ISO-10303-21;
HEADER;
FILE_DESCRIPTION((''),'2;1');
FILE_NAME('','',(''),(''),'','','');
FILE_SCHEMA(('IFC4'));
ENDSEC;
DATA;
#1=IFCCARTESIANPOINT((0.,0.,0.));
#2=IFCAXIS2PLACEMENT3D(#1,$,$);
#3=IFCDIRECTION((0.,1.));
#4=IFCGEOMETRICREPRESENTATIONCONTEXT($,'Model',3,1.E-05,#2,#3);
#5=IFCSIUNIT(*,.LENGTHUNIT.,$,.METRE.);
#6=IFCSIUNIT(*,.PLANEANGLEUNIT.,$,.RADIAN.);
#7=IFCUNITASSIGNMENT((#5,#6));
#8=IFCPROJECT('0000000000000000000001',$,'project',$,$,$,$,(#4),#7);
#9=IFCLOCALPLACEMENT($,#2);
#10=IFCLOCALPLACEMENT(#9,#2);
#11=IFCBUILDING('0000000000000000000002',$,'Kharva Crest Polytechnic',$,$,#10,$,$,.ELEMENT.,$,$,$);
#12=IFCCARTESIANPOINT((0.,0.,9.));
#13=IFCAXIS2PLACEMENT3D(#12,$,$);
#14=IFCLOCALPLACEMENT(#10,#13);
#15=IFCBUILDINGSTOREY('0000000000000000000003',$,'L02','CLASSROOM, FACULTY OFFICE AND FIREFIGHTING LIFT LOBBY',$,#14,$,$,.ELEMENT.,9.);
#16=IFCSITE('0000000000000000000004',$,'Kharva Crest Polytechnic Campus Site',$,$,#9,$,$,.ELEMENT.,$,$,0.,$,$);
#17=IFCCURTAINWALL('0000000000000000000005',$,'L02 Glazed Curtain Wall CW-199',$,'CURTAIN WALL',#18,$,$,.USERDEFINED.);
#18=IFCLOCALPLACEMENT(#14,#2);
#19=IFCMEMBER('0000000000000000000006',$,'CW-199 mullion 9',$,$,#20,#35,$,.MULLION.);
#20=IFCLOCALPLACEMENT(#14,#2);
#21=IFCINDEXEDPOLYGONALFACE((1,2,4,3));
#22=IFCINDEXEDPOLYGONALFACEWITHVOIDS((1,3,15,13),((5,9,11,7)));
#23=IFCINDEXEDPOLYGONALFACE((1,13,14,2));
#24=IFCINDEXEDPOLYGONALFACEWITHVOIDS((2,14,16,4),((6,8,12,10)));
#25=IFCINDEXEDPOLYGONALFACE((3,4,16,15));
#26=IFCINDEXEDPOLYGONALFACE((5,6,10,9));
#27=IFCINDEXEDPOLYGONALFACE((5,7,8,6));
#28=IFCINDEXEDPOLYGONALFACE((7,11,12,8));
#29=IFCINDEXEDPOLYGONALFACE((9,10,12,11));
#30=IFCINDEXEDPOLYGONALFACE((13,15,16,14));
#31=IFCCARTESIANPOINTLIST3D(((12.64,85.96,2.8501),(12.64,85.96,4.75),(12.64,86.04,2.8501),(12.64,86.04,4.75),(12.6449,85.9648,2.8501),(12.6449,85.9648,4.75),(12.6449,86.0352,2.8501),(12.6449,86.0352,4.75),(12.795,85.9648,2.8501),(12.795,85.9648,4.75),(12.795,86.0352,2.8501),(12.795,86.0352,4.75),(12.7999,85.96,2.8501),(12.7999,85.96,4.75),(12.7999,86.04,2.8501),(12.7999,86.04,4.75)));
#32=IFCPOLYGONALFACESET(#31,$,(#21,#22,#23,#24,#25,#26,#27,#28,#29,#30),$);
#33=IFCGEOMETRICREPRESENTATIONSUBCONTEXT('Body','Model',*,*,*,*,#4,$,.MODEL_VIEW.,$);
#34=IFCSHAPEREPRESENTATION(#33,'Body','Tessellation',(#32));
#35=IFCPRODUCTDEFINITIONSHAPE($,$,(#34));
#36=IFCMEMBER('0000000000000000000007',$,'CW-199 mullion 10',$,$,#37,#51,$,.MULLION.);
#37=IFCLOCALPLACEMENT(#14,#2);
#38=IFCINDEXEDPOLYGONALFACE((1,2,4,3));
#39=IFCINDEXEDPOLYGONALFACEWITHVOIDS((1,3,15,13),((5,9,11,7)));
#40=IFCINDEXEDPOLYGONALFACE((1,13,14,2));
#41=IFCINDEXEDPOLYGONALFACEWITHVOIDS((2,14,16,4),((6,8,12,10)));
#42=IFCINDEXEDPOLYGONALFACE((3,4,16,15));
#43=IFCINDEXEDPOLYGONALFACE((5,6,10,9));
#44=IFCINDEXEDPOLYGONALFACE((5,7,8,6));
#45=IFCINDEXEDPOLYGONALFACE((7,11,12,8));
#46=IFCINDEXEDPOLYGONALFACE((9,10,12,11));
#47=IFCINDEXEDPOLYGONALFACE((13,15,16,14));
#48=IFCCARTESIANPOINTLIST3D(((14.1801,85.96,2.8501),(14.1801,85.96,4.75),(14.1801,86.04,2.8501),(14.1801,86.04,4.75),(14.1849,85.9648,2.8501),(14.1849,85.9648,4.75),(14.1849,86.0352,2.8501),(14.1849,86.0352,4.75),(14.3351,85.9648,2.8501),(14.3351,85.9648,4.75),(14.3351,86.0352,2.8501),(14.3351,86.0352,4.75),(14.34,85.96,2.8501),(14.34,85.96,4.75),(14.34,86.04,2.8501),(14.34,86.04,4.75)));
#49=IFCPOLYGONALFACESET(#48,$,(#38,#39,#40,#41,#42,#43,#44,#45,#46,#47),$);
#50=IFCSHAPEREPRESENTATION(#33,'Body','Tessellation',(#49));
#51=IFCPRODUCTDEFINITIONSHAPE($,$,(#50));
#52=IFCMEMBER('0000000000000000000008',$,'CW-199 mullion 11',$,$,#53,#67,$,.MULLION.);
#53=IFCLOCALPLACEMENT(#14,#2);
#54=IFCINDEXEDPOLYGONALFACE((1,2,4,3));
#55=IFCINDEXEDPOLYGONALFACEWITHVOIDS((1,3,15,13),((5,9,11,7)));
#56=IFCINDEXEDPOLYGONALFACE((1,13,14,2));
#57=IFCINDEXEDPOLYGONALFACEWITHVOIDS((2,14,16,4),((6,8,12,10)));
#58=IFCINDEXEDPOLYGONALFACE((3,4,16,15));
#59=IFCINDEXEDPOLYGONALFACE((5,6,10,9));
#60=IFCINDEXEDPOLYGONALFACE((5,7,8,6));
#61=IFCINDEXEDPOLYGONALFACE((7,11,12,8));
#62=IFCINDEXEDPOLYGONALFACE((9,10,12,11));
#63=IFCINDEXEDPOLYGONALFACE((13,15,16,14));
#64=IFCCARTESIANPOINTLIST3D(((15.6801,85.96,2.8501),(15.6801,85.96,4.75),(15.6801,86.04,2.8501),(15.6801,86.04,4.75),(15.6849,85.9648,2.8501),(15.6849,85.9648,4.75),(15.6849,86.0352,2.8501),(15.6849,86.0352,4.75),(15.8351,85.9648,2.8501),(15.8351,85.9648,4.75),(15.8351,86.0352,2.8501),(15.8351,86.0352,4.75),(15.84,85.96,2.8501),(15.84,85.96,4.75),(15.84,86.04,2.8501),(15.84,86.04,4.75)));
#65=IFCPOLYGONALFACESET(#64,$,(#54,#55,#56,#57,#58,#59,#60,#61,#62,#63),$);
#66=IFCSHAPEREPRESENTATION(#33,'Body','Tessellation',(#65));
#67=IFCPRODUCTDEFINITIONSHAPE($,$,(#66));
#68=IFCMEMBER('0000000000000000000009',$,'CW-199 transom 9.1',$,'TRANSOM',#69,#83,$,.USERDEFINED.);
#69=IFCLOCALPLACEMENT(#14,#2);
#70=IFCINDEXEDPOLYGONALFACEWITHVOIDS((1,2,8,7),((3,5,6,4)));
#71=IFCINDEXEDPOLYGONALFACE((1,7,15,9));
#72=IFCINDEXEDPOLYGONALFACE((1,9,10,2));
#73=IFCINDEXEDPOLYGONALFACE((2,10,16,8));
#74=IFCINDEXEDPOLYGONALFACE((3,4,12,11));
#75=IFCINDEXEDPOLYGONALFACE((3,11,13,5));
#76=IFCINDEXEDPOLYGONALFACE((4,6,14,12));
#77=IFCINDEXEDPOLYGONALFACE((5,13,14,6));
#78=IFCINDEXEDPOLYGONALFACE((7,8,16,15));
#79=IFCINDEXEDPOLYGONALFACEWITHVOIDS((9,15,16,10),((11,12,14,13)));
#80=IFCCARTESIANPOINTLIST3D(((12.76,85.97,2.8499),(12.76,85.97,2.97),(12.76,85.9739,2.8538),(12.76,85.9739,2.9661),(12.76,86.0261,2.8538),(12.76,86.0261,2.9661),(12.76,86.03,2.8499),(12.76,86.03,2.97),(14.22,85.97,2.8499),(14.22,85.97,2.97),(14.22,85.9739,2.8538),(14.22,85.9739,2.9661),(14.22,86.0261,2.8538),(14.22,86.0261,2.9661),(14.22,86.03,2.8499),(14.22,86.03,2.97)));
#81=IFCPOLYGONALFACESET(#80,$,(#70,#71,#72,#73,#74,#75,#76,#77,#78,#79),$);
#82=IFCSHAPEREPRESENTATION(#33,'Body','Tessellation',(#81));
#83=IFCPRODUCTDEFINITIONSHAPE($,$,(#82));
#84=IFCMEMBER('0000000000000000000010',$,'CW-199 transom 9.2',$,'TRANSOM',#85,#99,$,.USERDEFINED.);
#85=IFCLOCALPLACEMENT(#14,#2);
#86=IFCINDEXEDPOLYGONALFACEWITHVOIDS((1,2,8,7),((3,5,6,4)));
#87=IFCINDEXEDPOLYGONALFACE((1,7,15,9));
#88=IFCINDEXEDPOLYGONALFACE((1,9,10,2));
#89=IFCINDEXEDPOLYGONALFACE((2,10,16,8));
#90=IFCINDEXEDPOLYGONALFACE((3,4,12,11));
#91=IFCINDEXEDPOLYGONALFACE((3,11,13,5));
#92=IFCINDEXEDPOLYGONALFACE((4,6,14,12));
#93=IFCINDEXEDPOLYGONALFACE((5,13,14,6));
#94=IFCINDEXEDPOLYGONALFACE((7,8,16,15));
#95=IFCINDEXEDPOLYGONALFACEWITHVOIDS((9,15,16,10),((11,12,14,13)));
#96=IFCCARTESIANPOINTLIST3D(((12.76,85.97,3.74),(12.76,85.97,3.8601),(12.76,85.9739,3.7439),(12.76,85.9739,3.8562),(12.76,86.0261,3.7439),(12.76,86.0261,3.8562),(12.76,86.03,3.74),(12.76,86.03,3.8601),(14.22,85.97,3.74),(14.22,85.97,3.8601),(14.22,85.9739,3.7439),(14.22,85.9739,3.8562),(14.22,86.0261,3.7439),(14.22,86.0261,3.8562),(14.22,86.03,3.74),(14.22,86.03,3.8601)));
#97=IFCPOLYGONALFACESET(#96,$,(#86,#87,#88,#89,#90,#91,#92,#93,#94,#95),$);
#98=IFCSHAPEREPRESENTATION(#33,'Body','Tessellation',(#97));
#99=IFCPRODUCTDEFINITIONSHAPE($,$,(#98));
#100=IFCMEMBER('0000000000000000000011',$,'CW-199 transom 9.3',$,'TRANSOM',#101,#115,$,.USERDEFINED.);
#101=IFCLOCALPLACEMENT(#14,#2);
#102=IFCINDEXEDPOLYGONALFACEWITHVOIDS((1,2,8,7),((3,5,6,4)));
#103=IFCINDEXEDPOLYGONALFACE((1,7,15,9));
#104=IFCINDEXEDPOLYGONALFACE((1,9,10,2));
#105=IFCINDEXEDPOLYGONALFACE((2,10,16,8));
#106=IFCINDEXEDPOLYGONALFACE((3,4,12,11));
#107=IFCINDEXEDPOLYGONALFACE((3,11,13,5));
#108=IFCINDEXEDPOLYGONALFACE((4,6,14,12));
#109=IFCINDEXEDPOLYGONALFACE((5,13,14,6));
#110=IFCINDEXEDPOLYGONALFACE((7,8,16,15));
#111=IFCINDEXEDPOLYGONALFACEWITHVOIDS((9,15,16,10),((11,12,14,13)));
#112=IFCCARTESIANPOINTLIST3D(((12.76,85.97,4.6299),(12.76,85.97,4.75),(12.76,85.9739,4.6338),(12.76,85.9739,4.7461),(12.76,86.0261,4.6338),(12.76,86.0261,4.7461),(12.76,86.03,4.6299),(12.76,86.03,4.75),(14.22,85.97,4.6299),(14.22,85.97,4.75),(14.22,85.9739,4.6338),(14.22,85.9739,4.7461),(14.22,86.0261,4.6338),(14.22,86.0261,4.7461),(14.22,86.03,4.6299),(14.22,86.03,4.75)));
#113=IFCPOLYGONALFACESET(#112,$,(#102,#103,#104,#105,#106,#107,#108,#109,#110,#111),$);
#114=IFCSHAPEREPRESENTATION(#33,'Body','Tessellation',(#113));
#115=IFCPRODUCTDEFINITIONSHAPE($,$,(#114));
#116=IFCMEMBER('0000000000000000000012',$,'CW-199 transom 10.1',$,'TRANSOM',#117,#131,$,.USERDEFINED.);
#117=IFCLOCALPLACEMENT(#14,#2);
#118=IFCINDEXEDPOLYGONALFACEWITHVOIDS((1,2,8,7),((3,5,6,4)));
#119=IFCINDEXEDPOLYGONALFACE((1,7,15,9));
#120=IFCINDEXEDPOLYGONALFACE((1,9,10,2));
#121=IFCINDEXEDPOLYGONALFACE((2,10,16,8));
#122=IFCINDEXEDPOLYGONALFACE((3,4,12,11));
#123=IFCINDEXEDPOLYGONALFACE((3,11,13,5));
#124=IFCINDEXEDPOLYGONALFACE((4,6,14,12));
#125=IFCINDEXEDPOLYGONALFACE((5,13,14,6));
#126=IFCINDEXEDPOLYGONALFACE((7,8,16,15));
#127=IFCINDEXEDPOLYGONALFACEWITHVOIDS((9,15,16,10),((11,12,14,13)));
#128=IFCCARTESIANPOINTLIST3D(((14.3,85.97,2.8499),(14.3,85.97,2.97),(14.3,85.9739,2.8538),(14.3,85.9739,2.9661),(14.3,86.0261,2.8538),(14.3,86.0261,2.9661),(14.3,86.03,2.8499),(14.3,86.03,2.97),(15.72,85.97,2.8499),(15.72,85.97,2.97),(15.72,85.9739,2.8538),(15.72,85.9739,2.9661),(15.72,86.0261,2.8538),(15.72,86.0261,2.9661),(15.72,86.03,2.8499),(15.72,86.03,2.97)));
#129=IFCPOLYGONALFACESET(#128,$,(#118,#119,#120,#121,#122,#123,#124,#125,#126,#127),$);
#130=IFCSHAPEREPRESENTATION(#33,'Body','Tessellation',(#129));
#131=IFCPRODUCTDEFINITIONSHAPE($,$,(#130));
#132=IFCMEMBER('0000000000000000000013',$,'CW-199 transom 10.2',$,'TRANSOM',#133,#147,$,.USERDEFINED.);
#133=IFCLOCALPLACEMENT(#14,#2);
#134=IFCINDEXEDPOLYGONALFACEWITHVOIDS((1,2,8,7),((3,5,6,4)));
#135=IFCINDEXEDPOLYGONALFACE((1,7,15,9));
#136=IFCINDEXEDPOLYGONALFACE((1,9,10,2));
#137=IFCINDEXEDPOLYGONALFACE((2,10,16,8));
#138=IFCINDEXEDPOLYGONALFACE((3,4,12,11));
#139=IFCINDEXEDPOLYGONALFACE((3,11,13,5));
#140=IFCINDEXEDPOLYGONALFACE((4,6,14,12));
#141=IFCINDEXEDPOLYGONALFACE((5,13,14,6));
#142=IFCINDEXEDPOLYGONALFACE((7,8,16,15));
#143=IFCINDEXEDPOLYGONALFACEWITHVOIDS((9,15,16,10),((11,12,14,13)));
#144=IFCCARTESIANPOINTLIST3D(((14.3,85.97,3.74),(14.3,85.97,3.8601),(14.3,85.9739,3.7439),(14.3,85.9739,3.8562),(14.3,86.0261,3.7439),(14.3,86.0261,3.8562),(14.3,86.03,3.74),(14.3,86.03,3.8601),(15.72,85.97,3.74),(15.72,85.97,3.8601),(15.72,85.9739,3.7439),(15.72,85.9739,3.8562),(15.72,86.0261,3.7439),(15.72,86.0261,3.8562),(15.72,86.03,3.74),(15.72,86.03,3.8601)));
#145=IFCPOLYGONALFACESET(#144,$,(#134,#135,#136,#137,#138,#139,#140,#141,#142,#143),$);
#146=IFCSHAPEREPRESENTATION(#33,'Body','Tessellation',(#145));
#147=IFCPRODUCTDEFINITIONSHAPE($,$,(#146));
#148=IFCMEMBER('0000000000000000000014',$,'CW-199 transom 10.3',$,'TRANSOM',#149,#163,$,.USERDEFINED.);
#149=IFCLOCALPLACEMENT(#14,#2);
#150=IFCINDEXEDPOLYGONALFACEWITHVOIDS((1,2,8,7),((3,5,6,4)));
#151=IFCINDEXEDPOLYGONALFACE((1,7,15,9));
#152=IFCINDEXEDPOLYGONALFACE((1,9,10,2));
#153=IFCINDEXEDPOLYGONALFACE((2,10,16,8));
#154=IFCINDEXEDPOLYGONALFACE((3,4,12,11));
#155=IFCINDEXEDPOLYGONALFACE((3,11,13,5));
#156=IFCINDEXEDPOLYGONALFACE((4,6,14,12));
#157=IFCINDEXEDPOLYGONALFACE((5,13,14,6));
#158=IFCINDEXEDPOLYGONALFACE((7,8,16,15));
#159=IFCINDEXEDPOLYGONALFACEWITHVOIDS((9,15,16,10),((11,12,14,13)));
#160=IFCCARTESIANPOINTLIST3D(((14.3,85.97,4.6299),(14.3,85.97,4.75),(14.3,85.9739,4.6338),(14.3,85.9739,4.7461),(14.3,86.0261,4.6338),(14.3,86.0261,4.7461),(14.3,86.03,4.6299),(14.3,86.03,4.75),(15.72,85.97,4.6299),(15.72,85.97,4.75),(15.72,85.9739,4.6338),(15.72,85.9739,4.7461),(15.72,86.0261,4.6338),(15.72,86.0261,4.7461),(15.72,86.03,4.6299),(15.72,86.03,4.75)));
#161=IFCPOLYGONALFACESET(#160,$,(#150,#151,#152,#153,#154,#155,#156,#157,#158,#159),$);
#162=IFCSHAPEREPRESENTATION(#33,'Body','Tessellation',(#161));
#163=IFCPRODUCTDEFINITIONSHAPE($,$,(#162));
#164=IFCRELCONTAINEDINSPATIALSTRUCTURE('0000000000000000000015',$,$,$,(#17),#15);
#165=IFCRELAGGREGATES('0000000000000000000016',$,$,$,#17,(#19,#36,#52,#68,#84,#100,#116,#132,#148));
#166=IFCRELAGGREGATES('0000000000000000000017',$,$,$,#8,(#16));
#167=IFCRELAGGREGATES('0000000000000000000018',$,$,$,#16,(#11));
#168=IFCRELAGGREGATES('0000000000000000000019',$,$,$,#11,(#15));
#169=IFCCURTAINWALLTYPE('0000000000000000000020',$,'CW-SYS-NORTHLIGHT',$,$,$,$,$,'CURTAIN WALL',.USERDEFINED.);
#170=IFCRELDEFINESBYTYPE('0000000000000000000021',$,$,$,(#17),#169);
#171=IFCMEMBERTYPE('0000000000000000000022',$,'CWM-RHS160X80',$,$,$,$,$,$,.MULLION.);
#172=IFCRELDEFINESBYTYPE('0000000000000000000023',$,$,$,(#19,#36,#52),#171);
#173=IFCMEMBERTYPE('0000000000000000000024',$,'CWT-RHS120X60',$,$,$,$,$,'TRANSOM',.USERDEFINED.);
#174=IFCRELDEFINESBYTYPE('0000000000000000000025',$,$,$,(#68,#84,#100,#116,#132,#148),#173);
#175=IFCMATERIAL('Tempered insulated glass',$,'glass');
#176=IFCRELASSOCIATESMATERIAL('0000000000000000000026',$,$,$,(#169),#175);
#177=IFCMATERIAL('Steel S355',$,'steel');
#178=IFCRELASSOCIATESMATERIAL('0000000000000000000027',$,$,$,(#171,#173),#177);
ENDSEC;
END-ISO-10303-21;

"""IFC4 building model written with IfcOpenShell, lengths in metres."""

from ifc_helpers import new_model, si_unit, direction, frame, origin, origin_2d, place, context, subcontext, project, spatial, hollow_rectangle, extrude, material, material_profile, profile_set, type_object, element, aggregate, save


model = new_model("IFC4")

# Units and contexts
model_context = context("Model", 3, precision=1e-05, world=origin(), true_north=direction((0.0, 1.0)))
body_context = subcontext(model_context, "Body", "Model", "MODEL_VIEW")
ifc_project = project(units=[si_unit("LENGTHUNIT", "METRE"), si_unit("PLANEANGLEUNIT", "RADIAN")], contexts=[model_context])

# Site, building, storey
site_placement = place(None, origin())
site = spatial("IfcSite", under=ifc_project, at=site_placement, Name="Kharva Crest Polytechnic Campus Site", CompositionType="ELEMENT", RefElevation=0.0)
building_placement = place(site_placement, origin())
building = spatial("IfcBuilding", under=site, at=building_placement, Name="Kharva Crest Polytechnic", CompositionType="ELEMENT")
storey_placement = place(building_placement, frame((0.0, 0.0, 9.0)))
storey = spatial("IfcBuildingStorey", under=building, at=storey_placement, Name="L02", Description="CLASSROOM, FACULTY OFFICE AND FIREFIGHTING LIFT LOBBY", CompositionType="ELEMENT", Elevation=9.0)

# Curtain wall, members
ifc_material_1 = material(Name="Tempered insulated glass", Category="glass")
curtain_wall_type = type_object("IfcCurtainWallType", Name="CW-SYS-NORTHLIGHT", ElementType="CURTAIN WALL", PredefinedType="USERDEFINED", material=ifc_material_1)
curtain_wall_placement = place(storey_placement, origin())
curtain_wall = element("IfcCurtainWall", 1, at=curtain_wall_placement, inside=storey, type_object=curtain_wall_type, Name="L02 Glazed Curtain Wall CW-199", ObjectType="CURTAIN WALL", PredefinedType="USERDEFINED")
ifc_material_2 = material(Name="Steel S355", Category="steel")
ifc_material_profile_1 = material_profile(ifc_material_2, hollow_rectangle(XDim=0.0801, YDim=0.1599, WallThickness=0.0049, at=origin_2d()), Name="RHS 160X80X5.0")
ifc_profile_set_1 = profile_set([ifc_material_profile_1], Name="Steel S355")
member_type_1 = type_object("IfcMemberType", Name="CWM-RHS160X80", PredefinedType="MULLION", material=ifc_profile_set_1)
member_1_placement = place(storey_placement, frame((12.72, 86.0, 2.8501), z_axis=(0.0, 0.0, 1.0), x_axis=(0.0, 1.0, 0.0)))
member_1 = element("IfcMember", 2, at=member_1_placement, type_object=member_type_1, Name="CW-199 mullion 9", PredefinedType="MULLION", context=body_context, shape_type="SweptSolid", body=[
    extrude(hollow_rectangle(XDim=0.0801, YDim=0.1599, WallThickness=0.0049, at=origin_2d()), origin(), (0.0, 0.0, 1.0), 1.8999),
])
member_2_placement = place(storey_placement, frame((14.26, 86.0, 2.8501), z_axis=(0.0, 0.0, 1.0), x_axis=(0.0, 1.0, 0.0)))
member_2 = element("IfcMember", 3, at=member_2_placement, type_object=member_type_1, Name="CW-199 mullion 10", PredefinedType="MULLION", context=body_context, shape_type="SweptSolid", body=[
    extrude(hollow_rectangle(XDim=0.0801, YDim=0.1599, WallThickness=0.0049, at=origin_2d()), origin(), (0.0, 0.0, 1.0), 1.8999),
])
member_3_placement = place(storey_placement, frame((15.76, 86.0, 2.8501), z_axis=(0.0, 0.0, 1.0), x_axis=(0.0, 1.0, 0.0)))
member_3 = element("IfcMember", 4, at=member_3_placement, type_object=member_type_1, Name="CW-199 mullion 11", PredefinedType="MULLION", context=body_context, shape_type="SweptSolid", body=[
    extrude(hollow_rectangle(XDim=0.0801, YDim=0.1599, WallThickness=0.0049, at=origin_2d()), origin(), (0.0, 0.0, 1.0), 1.8999),
])
ifc_material_profile_2 = material_profile(ifc_material_2, hollow_rectangle(XDim=0.0601, YDim=0.1201, WallThickness=0.0039, at=origin_2d()), Name="RHS 120X60X4.0")
ifc_profile_set_2 = profile_set([ifc_material_profile_2], Name="Steel S355")
member_type_2 = type_object("IfcMemberType", Name="CWT-RHS120X60", ElementType="TRANSOM", PredefinedType="USERDEFINED", material=ifc_profile_set_2)
member_4_placement = place(storey_placement, frame((12.76, 86.0, 2.9099), z_axis=(1.0, 0.0, 0.0), x_axis=(0.0, 1.0, 0.0)))
member_4 = element("IfcMember", 5, at=member_4_placement, type_object=member_type_2, Name="CW-199 transom 9.1", ObjectType="TRANSOM", PredefinedType="USERDEFINED", context=body_context, shape_type="SweptSolid", body=[
    extrude(hollow_rectangle(XDim=0.0601, YDim=0.1201, WallThickness=0.0039, at=origin_2d()), origin(), (0.0, 0.0, 1.0), 1.46),
])
member_5_placement = place(storey_placement, frame((12.76, 86.0, 3.8), z_axis=(1.0, 0.0, 0.0), x_axis=(0.0, 1.0, 0.0)))
member_5 = element("IfcMember", 6, at=member_5_placement, type_object=member_type_2, Name="CW-199 transom 9.2", ObjectType="TRANSOM", PredefinedType="USERDEFINED", context=body_context, shape_type="SweptSolid", body=[
    extrude(hollow_rectangle(XDim=0.0601, YDim=0.1201, WallThickness=0.0039, at=origin_2d()), origin(), (0.0, 0.0, 1.0), 1.46),
])
member_6_placement = place(storey_placement, frame((12.76, 86.0, 4.6899), z_axis=(1.0, 0.0, 0.0), x_axis=(0.0, 1.0, 0.0)))
member_6 = element("IfcMember", 7, at=member_6_placement, type_object=member_type_2, Name="CW-199 transom 9.3", ObjectType="TRANSOM", PredefinedType="USERDEFINED", context=body_context, shape_type="SweptSolid", body=[
    extrude(hollow_rectangle(XDim=0.0601, YDim=0.1201, WallThickness=0.0039, at=origin_2d()), origin(), (0.0, 0.0, 1.0), 1.46),
])
member_7_placement = place(storey_placement, frame((14.3, 86.0, 2.9099), z_axis=(1.0, 0.0, 0.0), x_axis=(0.0, 1.0, 0.0)))
member_7 = element("IfcMember", 8, at=member_7_placement, type_object=member_type_2, Name="CW-199 transom 10.1", ObjectType="TRANSOM", PredefinedType="USERDEFINED", context=body_context, shape_type="SweptSolid", body=[
    extrude(hollow_rectangle(XDim=0.0601, YDim=0.1201, WallThickness=0.0039, at=origin_2d()), origin(), (0.0, 0.0, 1.0), 1.4199),
])
member_8_placement = place(storey_placement, frame((14.3, 86.0, 3.8), z_axis=(1.0, 0.0, 0.0), x_axis=(0.0, 1.0, 0.0)))
member_8 = element("IfcMember", 9, at=member_8_placement, type_object=member_type_2, Name="CW-199 transom 10.2", ObjectType="TRANSOM", PredefinedType="USERDEFINED", context=body_context, shape_type="SweptSolid", body=[
    extrude(hollow_rectangle(XDim=0.0601, YDim=0.1201, WallThickness=0.0039, at=origin_2d()), origin(), (0.0, 0.0, 1.0), 1.4199),
])
member_9_placement = place(storey_placement, frame((14.3, 86.0, 4.6899), z_axis=(1.0, 0.0, 0.0), x_axis=(0.0, 1.0, 0.0)))
member_9 = element("IfcMember", 10, at=member_9_placement, type_object=member_type_2, Name="CW-199 transom 10.3", ObjectType="TRANSOM", PredefinedType="USERDEFINED", context=body_context, shape_type="SweptSolid", body=[
    extrude(hollow_rectangle(XDim=0.0601, YDim=0.1201, WallThickness=0.0039, at=origin_2d()), origin(), (0.0, 0.0, 1.0), 1.4199),
])

aggregate(curtain_wall, [member_1, member_2, member_3, member_4, member_5, member_6, member_7, member_8, member_9])

save(model, "model.ifc")
